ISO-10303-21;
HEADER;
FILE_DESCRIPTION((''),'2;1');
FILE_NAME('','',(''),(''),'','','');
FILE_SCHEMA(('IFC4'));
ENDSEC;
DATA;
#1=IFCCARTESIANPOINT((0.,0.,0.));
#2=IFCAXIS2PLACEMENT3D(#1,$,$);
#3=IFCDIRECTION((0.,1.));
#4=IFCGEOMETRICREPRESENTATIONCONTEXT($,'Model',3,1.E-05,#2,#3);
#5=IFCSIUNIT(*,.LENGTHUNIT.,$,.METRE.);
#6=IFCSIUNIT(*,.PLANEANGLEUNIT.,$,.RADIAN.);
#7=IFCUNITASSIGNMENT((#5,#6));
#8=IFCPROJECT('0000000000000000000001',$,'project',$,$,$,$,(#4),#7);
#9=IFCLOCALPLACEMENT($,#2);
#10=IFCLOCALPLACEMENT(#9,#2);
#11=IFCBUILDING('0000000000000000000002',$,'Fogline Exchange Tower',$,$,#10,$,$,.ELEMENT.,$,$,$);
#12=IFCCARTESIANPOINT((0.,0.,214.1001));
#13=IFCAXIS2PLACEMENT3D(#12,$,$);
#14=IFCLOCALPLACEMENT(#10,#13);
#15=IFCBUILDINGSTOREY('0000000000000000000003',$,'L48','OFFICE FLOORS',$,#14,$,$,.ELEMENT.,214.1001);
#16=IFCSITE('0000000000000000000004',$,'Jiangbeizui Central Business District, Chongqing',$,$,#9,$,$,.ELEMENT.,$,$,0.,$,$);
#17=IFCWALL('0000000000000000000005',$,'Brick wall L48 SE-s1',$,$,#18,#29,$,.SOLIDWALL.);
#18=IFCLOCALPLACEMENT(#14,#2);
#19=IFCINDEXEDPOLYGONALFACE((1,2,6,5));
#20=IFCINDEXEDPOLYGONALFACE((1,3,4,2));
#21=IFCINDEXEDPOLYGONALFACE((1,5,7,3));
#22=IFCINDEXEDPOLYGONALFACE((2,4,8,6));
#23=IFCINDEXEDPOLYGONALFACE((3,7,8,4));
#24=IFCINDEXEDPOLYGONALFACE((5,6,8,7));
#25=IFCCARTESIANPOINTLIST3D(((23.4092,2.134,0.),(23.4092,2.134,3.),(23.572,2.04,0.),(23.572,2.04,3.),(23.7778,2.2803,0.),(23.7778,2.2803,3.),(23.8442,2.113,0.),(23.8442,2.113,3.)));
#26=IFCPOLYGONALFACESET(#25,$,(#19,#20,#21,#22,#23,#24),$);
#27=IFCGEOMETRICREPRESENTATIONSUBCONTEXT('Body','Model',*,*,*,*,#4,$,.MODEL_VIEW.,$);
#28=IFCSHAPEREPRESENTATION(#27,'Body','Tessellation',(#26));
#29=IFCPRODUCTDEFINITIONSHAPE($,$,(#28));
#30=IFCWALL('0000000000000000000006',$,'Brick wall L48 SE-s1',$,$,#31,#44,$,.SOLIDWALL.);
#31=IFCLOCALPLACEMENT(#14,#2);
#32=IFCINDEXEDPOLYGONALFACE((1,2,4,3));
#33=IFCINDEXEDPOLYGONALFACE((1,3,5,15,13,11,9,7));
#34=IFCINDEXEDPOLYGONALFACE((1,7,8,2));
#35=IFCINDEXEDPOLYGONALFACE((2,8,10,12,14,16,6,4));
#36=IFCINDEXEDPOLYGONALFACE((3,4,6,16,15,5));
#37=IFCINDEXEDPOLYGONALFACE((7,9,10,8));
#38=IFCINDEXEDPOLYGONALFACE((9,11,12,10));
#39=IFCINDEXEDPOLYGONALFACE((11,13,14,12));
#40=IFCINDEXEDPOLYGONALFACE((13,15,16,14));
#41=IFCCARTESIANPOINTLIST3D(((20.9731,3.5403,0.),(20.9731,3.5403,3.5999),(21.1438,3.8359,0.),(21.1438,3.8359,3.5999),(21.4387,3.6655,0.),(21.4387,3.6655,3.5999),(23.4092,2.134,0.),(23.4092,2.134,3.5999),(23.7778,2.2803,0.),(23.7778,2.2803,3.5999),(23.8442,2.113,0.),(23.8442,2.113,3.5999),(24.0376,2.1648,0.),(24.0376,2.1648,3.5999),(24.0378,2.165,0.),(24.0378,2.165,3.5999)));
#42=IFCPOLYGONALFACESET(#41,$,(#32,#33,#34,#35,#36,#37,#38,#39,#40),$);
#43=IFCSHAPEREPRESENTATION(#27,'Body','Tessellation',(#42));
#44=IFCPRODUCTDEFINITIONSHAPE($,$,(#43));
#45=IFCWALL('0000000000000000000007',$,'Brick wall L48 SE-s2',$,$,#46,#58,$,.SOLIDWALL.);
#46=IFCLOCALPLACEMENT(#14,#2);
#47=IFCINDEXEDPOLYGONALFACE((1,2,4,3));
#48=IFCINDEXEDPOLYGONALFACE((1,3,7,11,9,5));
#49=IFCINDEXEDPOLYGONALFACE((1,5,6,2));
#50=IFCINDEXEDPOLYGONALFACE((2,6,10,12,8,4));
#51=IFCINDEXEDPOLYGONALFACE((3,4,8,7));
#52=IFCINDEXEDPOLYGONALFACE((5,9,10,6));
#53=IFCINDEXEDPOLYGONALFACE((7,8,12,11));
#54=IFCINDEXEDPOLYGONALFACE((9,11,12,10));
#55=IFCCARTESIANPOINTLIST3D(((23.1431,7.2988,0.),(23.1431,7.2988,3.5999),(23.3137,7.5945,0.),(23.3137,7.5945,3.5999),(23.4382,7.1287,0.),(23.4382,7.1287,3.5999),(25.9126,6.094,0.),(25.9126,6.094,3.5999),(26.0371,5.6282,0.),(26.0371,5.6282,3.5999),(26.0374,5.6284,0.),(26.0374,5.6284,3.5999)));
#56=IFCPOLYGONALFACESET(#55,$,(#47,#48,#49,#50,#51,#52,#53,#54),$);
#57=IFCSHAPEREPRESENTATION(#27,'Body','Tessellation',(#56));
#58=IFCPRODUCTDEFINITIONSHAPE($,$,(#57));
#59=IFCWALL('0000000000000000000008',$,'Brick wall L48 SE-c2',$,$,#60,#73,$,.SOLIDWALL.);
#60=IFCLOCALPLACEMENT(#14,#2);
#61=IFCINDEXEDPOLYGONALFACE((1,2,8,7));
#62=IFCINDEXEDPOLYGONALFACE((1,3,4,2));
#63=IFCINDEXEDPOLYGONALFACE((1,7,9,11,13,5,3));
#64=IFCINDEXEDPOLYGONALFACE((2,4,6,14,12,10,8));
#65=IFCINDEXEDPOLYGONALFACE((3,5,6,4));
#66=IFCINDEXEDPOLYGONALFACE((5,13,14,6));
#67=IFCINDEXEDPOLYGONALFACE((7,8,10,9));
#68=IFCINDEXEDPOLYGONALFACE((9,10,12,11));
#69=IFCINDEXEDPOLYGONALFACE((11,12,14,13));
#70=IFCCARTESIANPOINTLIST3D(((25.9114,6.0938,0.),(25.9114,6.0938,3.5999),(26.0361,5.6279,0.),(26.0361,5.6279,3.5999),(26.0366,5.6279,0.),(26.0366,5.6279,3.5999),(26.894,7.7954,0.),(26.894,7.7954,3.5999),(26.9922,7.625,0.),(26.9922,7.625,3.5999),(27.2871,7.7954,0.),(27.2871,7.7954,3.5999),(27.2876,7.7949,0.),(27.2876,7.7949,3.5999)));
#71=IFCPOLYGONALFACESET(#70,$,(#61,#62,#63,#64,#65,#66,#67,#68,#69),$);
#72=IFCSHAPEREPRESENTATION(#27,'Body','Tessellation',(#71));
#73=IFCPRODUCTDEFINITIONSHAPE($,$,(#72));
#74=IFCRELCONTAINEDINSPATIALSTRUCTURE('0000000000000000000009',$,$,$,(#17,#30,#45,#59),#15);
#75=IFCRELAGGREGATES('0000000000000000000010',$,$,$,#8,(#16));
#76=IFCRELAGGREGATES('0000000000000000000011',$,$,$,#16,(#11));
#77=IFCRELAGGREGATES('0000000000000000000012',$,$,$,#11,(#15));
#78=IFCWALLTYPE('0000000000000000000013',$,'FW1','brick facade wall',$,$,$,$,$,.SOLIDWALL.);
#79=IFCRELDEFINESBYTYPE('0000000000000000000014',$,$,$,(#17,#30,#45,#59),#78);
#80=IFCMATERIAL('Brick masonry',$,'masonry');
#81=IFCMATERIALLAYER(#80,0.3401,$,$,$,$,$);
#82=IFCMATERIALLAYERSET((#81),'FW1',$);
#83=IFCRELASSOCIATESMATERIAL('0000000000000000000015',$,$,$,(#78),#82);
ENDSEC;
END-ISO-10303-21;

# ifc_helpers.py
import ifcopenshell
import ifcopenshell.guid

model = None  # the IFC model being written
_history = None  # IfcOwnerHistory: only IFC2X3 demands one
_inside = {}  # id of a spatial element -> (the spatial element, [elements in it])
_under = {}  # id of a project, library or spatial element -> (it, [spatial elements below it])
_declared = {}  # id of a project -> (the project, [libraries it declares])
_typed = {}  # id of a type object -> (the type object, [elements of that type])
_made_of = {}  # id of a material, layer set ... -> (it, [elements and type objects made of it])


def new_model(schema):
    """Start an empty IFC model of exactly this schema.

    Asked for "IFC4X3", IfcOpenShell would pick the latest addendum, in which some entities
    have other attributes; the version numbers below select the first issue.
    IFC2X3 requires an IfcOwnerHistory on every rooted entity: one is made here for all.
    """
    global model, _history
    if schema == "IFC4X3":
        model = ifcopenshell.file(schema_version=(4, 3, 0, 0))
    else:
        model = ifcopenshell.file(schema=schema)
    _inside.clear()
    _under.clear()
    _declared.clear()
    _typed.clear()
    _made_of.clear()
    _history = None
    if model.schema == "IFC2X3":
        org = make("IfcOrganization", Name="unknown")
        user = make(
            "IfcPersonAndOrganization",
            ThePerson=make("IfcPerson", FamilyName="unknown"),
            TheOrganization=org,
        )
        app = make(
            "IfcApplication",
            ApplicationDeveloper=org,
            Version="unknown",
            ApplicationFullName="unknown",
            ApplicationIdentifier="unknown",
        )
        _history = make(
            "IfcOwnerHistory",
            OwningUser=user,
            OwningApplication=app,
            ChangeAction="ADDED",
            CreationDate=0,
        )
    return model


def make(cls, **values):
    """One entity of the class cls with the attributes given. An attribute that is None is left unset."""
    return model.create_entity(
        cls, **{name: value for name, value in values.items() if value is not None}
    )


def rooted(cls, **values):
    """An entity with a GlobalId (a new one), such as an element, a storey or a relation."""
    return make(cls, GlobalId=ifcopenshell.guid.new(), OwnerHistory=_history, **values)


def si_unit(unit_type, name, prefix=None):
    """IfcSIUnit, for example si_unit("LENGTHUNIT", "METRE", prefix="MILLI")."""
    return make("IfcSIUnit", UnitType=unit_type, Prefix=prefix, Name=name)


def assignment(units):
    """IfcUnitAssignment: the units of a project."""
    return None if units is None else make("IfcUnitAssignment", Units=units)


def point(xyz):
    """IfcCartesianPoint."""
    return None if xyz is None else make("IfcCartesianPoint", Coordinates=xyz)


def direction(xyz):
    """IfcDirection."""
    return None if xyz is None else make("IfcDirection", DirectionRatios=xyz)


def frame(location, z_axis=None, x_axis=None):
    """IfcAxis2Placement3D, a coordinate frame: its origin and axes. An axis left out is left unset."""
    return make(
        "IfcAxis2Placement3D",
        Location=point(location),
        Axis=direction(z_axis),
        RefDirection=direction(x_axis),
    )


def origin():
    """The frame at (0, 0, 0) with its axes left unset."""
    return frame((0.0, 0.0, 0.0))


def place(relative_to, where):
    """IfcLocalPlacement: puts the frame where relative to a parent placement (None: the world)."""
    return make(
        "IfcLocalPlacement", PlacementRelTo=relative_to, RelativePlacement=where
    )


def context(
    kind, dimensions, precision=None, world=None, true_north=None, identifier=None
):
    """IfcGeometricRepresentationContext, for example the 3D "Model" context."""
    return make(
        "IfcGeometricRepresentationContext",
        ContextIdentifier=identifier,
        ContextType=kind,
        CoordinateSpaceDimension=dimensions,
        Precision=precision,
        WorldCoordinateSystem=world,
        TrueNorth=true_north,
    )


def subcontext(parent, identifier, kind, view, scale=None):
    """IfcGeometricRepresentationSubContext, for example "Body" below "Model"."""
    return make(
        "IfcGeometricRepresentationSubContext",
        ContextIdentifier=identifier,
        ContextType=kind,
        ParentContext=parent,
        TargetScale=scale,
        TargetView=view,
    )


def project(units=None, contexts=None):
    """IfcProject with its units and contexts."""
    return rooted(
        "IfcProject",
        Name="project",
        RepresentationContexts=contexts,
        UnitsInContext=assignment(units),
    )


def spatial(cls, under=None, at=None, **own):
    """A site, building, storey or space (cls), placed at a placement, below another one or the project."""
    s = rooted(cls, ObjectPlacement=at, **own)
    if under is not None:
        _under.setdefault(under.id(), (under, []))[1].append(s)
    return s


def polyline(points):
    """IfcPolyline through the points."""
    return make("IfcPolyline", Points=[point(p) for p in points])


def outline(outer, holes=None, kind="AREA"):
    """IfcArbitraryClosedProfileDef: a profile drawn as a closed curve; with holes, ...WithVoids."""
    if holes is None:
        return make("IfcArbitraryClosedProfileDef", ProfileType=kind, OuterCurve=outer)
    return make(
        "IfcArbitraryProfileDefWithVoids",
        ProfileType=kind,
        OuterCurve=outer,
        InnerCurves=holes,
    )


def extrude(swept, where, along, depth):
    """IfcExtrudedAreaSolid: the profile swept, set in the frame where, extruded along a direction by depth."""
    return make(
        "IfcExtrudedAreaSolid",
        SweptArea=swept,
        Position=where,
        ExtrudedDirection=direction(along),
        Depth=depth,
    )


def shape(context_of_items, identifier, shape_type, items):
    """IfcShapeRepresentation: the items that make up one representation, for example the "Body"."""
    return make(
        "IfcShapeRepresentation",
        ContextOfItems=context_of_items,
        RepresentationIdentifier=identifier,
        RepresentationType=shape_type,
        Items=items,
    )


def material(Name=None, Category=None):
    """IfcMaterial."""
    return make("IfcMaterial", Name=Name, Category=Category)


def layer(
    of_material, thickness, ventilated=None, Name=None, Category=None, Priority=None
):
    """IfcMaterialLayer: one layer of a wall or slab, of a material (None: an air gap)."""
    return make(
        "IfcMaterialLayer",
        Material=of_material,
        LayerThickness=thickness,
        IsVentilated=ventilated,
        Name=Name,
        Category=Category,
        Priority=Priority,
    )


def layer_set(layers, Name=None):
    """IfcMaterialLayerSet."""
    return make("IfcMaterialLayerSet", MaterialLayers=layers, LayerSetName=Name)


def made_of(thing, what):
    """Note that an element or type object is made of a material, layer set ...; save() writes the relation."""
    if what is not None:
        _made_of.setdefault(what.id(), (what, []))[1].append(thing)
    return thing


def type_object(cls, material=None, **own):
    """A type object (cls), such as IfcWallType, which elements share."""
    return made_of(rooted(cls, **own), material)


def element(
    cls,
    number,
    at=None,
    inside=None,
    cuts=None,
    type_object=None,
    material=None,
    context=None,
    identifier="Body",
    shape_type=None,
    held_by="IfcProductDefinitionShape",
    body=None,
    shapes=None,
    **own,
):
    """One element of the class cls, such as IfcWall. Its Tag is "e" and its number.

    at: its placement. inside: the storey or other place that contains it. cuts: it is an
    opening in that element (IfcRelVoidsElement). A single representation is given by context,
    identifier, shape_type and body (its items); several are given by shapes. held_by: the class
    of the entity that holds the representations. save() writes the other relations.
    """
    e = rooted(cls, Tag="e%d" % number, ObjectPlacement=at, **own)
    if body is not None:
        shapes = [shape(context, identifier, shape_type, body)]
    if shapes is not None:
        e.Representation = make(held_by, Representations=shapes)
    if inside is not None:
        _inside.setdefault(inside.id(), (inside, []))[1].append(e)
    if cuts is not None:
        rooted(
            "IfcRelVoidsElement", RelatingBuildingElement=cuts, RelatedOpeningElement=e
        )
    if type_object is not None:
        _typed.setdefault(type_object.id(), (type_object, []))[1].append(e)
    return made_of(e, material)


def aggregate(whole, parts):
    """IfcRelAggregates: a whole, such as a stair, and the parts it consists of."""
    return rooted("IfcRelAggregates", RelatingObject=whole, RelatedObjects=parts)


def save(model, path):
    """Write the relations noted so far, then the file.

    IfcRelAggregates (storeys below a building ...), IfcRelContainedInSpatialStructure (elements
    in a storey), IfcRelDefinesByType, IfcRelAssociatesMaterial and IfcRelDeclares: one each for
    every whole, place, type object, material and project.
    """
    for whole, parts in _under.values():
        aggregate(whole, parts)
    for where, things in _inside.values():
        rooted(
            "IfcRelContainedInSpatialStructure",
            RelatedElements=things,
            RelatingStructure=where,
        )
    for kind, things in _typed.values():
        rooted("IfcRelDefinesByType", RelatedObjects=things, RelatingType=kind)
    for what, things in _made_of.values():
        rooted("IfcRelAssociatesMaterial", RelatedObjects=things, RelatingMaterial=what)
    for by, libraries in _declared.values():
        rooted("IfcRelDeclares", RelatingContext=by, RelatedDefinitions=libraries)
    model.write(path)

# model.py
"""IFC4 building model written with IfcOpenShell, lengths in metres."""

from ifc_helpers import new_model, si_unit, direction, frame, origin, place, context, subcontext, project, spatial, polyline, outline, extrude, material, layer, layer_set, type_object, element, save


model = new_model("IFC4")

# Units and contexts
model_context = context("Model", 3, precision=1e-05, world=origin(), true_north=direction((0.0, 1.0)))
body_context = subcontext(model_context, "Body", "Model", "MODEL_VIEW")
ifc_project = project(units=[si_unit("LENGTHUNIT", "METRE"), si_unit("PLANEANGLEUNIT", "RADIAN")], contexts=[model_context])

# Site, building, storey
site_placement = place(None, origin())
site = spatial("IfcSite", under=ifc_project, at=site_placement, Name="Jiangbeizui Central Business District, Chongqing", CompositionType="ELEMENT", RefElevation=0.0)
building_placement = place(site_placement, origin())
building = spatial("IfcBuilding", under=site, at=building_placement, Name="Fogline Exchange Tower", CompositionType="ELEMENT")
storey_placement = place(building_placement, frame((0.0, 0.0, 214.1001)))
storey = spatial("IfcBuildingStorey", under=building, at=storey_placement, Name="L48", Description="OFFICE FLOORS", CompositionType="ELEMENT", Elevation=214.1001)

# Walls
ifc_material_1 = material(Name="Brick masonry", Category="masonry")
ifc_layer_1 = layer(ifc_material_1, 0.3401)
ifc_layer_set_1 = layer_set([ifc_layer_1], Name="FW1")
wall_type = type_object("IfcWallType", Name="FW1", Description="brick facade wall", PredefinedType="SOLIDWALL", material=ifc_layer_set_1)
wall_1_placement = place(storey_placement, origin())
element("IfcWall", 1, at=wall_1_placement, inside=storey, type_object=wall_type, Name="Brick wall L48 SE-s1", PredefinedType="SOLIDWALL", context=body_context, shape_type="SweptSolid", body=[
    extrude(outline(polyline([(23.572, 2.04), (23.4092, 2.134), (23.7778, 2.2803), (23.8442, 2.113), (23.572, 2.04)])), origin(), (0.0, 0.0, 1.0), 3.0),
])
wall_2_placement = place(storey_placement, origin())
element("IfcWall", 2, at=wall_2_placement, inside=storey, type_object=wall_type, Name="Brick wall L48 SE-s1", PredefinedType="SOLIDWALL", context=body_context, shape_type="SweptSolid", body=[
    extrude(outline(polyline([(21.1438, 3.8359), (21.4387, 3.6655), (24.0378, 2.165), (24.0376, 2.1648), (23.8442, 2.113), (23.7778, 2.2803), (23.4092, 2.134), (20.9731, 3.5403), (21.1438, 3.8359)])), origin(), (0.0, 0.0, 1.0), 3.5999),
])
wall_3_placement = place(storey_placement, origin())
element("IfcWall", 3, at=wall_3_placement, inside=storey, type_object=wall_type, Name="Brick wall L48 SE-s2", PredefinedType="SOLIDWALL", context=body_context, shape_type="SweptSolid", body=[
    extrude(outline(polyline([(26.0371, 5.6282), (23.4382, 7.1287), (23.1431, 7.2988), (23.3137, 7.5945), (25.9126, 6.094), (26.0374, 5.6284), (26.0371, 5.6282)])), origin(), (0.0, 0.0, 1.0), 3.5999),
])
wall_4_placement = place(storey_placement, origin())
element("IfcWall", 4, at=wall_4_placement, inside=storey, type_object=wall_type, Name="Brick wall L48 SE-c2", PredefinedType="SOLIDWALL", context=body_context, shape_type="SweptSolid", body=[
    extrude(outline(polyline([(26.894, 7.7954), (26.9922, 7.625), (27.2871, 7.7954), (27.2876, 7.7949), (26.0366, 5.6279), (26.0361, 5.6279), (25.9114, 6.0938), (26.894, 7.7954)])), origin(), (0.0, 0.0, 1.0), 3.5999),
])

save(model, "model.ifc")
